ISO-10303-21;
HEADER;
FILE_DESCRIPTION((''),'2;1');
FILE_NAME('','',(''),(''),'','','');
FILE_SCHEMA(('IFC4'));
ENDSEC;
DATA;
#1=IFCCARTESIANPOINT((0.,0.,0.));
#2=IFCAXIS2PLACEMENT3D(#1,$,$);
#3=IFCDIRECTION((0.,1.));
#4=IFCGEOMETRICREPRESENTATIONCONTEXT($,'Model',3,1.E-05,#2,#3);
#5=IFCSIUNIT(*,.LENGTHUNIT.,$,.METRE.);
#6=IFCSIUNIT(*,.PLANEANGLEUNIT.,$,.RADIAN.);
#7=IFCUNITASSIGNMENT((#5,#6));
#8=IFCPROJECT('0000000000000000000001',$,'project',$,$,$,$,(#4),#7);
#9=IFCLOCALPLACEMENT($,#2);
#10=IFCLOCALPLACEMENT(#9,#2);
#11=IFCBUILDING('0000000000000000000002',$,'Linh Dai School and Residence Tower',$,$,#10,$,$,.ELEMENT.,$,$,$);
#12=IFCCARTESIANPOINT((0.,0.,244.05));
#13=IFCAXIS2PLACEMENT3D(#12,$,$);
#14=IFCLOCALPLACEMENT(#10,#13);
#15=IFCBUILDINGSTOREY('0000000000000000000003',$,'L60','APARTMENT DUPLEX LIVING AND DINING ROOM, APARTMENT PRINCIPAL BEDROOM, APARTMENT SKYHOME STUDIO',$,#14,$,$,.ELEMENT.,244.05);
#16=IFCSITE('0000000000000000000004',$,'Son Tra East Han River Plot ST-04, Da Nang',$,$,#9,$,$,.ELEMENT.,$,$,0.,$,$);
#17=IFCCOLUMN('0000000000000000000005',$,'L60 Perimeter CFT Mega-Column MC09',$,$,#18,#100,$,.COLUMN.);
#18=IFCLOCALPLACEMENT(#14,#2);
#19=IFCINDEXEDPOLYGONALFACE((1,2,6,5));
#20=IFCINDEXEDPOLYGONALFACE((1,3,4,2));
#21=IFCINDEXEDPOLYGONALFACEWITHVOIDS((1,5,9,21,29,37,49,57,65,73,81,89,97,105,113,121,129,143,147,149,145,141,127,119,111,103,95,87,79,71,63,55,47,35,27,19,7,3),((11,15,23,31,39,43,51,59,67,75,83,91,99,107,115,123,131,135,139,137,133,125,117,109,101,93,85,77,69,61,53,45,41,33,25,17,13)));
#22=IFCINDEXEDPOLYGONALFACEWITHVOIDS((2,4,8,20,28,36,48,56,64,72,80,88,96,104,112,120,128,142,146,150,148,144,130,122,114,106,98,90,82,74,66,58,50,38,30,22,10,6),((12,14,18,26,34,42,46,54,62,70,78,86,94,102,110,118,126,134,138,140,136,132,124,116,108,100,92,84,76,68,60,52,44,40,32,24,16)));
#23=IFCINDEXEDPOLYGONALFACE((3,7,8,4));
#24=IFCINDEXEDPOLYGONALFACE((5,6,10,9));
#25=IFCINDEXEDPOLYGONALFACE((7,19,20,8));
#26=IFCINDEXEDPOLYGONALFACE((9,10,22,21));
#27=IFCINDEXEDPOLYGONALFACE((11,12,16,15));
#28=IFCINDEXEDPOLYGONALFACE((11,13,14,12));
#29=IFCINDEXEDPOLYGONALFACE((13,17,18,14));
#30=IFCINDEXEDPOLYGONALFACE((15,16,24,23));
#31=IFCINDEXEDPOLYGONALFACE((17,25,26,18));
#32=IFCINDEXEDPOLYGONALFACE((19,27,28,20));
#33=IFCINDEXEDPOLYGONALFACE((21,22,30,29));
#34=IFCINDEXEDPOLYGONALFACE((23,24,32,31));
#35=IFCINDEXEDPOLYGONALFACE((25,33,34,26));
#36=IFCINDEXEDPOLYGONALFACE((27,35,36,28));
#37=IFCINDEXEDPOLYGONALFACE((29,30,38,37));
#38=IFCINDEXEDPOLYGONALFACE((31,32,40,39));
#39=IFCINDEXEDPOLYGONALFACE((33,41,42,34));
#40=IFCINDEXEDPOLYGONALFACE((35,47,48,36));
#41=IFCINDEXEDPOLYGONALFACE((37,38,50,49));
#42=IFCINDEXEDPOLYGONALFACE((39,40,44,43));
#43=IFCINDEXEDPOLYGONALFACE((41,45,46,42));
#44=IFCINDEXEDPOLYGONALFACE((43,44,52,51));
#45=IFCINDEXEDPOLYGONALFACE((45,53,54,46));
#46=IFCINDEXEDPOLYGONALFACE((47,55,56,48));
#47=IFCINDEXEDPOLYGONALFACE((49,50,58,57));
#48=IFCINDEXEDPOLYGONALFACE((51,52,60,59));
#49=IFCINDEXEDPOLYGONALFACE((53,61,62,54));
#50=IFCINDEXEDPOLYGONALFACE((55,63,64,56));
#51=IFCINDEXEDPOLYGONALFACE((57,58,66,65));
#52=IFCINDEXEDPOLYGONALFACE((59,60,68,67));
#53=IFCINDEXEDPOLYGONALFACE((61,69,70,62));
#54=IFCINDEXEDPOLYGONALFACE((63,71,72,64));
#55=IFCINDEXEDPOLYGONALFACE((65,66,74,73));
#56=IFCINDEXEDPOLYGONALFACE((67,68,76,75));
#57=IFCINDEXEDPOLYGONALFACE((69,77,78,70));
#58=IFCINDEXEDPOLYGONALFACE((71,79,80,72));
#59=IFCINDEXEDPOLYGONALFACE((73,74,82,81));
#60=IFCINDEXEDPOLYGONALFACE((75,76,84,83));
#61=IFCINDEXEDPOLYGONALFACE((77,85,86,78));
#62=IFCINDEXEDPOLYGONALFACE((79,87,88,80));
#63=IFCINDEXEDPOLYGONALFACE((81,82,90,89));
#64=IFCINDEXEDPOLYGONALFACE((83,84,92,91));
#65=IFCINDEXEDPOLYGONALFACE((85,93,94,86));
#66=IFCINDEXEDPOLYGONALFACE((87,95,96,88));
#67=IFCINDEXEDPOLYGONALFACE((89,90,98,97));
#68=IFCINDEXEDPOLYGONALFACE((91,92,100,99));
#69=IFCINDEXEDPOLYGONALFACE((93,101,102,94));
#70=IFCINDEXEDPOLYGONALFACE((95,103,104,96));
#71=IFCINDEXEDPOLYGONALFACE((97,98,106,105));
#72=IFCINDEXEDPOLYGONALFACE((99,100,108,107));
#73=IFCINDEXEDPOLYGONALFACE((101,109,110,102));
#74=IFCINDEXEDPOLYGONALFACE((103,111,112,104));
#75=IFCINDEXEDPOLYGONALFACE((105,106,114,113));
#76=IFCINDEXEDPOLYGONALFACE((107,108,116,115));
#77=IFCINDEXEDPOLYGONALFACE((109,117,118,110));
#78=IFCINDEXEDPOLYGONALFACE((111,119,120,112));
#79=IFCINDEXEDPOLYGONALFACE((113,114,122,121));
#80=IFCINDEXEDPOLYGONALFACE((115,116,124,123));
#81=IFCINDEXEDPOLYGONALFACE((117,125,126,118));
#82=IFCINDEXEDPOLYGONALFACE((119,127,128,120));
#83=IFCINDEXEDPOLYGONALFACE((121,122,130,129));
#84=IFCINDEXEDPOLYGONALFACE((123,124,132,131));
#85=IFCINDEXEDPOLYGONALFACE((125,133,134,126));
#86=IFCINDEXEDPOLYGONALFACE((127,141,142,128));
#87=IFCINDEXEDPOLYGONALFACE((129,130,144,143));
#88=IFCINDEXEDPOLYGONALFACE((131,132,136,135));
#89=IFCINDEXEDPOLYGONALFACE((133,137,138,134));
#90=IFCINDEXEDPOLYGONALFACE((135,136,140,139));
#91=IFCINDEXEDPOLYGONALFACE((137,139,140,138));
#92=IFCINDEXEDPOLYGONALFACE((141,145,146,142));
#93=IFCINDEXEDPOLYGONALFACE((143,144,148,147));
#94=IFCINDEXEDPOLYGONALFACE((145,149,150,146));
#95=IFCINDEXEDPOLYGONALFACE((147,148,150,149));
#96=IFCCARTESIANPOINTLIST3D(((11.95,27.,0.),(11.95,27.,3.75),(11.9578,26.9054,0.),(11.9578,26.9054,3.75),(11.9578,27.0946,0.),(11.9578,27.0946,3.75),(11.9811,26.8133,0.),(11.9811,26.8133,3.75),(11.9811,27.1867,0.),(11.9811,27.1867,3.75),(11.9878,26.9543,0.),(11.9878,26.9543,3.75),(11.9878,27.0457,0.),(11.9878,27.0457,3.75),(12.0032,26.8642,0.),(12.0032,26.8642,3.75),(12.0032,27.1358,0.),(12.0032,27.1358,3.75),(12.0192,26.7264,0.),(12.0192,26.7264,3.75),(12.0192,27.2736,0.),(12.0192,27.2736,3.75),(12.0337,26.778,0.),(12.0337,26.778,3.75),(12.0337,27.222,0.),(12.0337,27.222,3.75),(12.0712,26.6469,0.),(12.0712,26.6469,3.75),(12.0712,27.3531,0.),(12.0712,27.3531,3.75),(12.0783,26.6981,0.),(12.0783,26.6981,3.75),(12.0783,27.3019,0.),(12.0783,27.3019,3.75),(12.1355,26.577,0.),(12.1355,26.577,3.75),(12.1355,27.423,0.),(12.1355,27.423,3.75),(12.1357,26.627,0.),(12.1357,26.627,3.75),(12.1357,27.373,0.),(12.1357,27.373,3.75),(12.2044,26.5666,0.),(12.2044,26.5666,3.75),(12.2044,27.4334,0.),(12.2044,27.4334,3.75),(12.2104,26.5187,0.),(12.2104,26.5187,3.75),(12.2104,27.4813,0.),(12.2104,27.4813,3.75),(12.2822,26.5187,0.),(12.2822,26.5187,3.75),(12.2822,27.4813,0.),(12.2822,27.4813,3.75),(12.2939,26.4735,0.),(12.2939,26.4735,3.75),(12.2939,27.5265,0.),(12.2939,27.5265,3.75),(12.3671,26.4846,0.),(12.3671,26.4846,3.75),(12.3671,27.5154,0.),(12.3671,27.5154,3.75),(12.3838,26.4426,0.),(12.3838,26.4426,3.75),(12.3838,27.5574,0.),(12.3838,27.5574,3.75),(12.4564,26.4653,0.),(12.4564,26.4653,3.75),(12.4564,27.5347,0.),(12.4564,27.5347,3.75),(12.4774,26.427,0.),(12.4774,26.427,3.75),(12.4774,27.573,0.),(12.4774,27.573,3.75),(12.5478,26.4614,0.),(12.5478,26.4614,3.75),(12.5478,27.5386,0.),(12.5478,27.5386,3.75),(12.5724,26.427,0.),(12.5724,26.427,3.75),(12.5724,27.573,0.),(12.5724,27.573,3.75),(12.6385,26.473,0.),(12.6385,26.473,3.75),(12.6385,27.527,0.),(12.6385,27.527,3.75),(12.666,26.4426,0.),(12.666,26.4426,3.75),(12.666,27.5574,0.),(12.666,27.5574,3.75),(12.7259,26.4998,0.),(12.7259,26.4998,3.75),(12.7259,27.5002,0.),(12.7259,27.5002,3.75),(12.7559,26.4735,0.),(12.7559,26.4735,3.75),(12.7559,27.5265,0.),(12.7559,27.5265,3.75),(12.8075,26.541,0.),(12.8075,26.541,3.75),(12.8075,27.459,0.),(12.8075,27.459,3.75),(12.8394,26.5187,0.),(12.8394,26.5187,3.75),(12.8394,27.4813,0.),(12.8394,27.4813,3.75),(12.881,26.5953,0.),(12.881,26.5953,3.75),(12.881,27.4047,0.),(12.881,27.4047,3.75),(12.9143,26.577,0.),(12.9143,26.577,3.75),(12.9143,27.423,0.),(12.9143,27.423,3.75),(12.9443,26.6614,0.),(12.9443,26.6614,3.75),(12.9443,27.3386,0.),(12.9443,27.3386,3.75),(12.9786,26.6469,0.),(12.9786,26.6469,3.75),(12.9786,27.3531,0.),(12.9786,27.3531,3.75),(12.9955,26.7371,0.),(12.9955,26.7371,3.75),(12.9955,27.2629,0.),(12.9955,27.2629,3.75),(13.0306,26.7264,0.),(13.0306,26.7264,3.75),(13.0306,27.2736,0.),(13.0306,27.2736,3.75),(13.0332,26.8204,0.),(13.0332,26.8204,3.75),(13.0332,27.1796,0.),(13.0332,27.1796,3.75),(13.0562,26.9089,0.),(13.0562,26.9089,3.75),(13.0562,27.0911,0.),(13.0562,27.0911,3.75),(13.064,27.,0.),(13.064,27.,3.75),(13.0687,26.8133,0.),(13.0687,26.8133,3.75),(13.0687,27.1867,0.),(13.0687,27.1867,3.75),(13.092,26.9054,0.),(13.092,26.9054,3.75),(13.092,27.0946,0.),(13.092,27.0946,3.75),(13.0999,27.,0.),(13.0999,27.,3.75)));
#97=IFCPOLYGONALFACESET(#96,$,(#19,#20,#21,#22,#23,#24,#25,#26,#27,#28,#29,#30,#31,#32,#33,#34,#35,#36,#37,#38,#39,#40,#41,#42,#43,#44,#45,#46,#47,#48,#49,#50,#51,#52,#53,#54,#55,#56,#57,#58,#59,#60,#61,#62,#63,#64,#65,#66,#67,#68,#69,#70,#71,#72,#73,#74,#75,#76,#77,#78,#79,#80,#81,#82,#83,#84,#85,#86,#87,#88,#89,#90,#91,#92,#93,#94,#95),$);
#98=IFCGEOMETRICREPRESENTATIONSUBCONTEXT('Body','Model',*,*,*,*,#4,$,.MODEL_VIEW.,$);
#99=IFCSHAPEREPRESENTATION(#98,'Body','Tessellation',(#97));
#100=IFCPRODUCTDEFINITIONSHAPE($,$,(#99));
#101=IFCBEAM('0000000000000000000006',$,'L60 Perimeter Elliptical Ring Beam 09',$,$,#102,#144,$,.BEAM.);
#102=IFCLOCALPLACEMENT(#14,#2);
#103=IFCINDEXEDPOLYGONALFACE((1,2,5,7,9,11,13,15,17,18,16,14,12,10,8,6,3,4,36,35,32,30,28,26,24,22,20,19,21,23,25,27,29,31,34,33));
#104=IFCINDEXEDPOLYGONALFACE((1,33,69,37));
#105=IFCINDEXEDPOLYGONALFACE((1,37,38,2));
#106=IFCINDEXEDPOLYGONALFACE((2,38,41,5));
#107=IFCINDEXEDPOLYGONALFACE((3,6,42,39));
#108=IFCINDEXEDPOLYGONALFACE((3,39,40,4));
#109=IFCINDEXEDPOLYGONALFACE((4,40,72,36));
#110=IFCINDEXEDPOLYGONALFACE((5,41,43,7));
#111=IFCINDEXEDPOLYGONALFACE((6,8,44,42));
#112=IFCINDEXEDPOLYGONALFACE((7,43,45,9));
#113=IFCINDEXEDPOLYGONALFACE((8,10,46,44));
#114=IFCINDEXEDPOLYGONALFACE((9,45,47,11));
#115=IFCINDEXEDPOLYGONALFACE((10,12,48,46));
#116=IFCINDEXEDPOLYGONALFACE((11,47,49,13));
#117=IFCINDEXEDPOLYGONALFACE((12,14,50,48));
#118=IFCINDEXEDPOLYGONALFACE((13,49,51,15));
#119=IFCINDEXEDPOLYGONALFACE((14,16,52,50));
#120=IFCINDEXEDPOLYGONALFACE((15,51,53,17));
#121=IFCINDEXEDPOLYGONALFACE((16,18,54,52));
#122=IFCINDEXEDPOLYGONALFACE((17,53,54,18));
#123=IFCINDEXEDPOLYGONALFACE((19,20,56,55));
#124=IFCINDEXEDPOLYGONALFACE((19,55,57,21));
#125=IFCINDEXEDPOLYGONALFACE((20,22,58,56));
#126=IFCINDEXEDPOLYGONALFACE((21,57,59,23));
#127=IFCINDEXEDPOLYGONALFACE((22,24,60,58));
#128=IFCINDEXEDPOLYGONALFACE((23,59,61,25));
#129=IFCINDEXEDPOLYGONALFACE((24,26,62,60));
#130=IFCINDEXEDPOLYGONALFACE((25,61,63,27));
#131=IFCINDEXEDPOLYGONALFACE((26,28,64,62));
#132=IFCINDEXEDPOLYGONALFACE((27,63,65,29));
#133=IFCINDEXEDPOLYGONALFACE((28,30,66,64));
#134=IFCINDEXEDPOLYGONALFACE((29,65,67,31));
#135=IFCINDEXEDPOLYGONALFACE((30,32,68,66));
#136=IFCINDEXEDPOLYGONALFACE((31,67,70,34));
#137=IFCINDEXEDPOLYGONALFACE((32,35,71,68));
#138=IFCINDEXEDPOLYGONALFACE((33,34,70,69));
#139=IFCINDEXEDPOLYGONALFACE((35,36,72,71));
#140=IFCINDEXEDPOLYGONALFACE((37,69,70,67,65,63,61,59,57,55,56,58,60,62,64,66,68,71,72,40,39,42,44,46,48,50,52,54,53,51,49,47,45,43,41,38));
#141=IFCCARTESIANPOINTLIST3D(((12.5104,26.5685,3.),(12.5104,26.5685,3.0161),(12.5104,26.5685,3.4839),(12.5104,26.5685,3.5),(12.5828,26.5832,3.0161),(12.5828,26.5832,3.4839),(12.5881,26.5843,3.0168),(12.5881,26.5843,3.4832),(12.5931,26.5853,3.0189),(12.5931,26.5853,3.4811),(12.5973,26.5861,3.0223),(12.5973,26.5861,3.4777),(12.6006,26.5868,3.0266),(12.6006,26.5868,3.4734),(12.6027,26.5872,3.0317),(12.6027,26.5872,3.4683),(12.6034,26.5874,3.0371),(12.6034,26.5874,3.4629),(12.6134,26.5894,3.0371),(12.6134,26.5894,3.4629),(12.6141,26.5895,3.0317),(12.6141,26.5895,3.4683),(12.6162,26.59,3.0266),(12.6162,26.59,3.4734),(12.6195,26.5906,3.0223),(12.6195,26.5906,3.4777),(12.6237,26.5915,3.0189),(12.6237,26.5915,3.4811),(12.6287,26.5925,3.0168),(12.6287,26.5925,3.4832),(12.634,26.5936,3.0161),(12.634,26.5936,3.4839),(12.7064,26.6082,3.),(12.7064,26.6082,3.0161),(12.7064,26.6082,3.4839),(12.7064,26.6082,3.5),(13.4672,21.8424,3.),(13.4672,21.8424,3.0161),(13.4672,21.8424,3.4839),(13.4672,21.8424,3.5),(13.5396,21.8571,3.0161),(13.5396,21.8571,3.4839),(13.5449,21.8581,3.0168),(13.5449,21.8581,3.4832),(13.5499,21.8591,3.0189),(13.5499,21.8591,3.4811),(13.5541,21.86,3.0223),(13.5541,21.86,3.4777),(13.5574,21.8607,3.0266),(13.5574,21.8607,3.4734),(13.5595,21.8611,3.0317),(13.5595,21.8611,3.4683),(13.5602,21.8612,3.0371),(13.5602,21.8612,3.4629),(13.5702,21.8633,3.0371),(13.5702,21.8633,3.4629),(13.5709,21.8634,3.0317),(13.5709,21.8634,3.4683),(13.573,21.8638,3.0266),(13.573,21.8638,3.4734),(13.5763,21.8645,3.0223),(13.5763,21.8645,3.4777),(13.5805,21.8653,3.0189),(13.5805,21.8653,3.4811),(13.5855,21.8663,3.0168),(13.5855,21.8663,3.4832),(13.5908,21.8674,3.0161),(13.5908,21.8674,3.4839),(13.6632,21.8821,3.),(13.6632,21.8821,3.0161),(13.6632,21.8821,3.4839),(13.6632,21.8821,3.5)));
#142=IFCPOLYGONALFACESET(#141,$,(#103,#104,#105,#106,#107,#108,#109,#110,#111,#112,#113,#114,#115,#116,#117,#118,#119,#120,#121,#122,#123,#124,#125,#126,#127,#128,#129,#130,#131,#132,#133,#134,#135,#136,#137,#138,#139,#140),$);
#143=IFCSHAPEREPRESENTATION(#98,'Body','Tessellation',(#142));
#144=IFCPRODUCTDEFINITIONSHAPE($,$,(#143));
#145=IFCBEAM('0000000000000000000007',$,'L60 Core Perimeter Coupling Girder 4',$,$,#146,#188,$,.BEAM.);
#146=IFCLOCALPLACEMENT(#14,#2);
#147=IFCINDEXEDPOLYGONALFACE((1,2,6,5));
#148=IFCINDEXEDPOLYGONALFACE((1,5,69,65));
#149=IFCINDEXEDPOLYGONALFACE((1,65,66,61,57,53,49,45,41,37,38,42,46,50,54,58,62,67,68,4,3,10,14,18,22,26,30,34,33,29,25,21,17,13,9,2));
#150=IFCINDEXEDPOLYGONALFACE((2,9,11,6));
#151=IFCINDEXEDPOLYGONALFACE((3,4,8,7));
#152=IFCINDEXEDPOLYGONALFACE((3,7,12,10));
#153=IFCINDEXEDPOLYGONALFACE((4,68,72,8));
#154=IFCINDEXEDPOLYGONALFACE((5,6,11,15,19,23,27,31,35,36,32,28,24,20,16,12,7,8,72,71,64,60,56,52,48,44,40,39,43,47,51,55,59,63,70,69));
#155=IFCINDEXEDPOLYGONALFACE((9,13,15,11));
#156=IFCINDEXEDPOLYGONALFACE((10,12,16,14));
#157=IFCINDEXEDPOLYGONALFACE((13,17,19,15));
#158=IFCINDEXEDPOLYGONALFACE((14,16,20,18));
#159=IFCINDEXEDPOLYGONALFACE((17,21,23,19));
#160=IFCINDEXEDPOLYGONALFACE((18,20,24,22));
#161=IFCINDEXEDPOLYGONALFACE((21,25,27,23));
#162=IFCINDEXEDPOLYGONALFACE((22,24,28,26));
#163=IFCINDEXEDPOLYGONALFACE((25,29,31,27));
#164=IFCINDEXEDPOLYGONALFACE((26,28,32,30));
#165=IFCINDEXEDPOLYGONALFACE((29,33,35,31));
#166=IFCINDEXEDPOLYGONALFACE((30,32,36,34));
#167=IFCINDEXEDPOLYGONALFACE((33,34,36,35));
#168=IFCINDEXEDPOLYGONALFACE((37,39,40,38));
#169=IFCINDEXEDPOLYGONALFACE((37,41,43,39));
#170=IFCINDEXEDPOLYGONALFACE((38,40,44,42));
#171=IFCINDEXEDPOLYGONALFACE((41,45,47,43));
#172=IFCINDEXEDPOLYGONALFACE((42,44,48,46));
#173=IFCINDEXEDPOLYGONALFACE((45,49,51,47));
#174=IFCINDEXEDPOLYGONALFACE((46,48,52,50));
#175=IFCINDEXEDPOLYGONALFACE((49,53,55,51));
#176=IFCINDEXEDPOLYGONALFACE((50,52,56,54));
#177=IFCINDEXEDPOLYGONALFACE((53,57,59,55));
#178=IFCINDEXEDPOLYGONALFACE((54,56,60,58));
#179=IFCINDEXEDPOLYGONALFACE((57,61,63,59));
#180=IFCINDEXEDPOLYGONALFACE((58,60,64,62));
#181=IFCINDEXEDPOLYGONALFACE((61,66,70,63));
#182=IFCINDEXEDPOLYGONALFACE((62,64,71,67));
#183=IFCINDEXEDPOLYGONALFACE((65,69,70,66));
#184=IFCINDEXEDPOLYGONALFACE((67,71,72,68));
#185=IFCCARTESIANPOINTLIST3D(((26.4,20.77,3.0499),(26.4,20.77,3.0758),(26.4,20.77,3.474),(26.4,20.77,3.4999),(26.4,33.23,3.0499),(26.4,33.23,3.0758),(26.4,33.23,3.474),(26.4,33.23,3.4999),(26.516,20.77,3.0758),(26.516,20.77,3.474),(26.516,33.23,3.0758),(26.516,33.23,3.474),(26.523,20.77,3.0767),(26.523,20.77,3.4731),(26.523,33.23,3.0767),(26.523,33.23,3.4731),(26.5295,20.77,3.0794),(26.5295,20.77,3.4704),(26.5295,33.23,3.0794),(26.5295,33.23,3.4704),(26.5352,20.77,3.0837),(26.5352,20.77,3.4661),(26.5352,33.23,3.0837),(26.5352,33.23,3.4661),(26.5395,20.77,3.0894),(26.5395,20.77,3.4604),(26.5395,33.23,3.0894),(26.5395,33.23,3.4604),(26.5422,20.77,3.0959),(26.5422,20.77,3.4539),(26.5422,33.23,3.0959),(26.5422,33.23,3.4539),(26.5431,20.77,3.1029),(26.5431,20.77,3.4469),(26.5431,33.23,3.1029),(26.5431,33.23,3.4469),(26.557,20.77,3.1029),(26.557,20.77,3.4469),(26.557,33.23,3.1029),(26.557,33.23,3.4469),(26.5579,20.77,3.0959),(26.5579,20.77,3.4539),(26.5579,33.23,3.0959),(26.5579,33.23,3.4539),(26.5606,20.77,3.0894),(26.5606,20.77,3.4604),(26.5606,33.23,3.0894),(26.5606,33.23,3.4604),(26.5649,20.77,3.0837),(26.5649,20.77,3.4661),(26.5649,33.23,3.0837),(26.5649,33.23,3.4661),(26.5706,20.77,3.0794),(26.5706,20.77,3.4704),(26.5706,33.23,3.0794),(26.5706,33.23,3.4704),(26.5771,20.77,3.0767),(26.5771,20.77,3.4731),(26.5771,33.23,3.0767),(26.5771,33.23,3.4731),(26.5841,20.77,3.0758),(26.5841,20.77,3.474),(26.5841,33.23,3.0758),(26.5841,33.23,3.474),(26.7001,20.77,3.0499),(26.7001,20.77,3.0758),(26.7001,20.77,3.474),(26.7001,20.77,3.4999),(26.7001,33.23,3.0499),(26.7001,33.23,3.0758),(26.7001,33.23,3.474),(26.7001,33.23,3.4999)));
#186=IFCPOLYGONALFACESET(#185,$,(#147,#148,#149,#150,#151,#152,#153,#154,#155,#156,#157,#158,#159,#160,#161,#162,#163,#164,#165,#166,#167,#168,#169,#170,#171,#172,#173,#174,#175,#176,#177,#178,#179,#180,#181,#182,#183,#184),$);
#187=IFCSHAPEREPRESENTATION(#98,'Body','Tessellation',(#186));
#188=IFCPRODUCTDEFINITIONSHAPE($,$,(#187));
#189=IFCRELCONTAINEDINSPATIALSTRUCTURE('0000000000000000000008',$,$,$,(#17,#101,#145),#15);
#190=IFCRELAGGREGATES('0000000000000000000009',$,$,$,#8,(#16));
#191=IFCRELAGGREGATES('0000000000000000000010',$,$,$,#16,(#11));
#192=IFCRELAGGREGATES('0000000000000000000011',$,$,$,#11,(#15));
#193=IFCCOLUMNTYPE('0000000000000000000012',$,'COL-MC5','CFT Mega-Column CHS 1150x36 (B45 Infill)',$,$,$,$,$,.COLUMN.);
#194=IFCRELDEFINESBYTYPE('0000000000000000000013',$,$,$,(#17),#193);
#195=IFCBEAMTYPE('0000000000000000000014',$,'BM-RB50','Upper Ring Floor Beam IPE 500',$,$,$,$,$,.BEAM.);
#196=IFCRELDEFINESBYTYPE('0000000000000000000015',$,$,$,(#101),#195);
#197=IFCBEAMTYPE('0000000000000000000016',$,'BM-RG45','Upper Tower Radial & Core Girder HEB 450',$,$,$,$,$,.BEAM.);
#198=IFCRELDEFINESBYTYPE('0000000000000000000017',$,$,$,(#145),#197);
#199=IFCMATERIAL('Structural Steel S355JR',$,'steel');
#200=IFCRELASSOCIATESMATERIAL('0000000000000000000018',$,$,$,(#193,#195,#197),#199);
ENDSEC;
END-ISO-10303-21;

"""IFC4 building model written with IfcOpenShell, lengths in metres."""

from ifc_helpers import new_model, si_unit, direction, frame, origin, origin_2d, place, context, subcontext, project, spatial, hollow_circle, i_section, extrude, material, material_profile, profile_set, type_object, element, save


model = new_model("IFC4")

# Units and contexts
model_context = context("Model", 3, precision=1e-05, world=origin(), true_north=direction((0.0, 1.0)))
body_context = subcontext(model_context, "Body", "Model", "MODEL_VIEW")
ifc_project = project(units=[si_unit("LENGTHUNIT", "METRE"), si_unit("PLANEANGLEUNIT", "RADIAN")], contexts=[model_context])

# Site, building, storey
site_placement = place(None, origin())
site = spatial("IfcSite", under=ifc_project, at=site_placement, Name="Son Tra East Han River Plot ST-04, Da Nang", CompositionType="ELEMENT", RefElevation=0.0)
building_placement = place(site_placement, origin())
building = spatial("IfcBuilding", under=site, at=building_placement, Name="Linh Dai School and Residence Tower", CompositionType="ELEMENT")
storey_placement = place(building_placement, frame((0.0, 0.0, 244.05)))
storey = spatial("IfcBuildingStorey", under=building, at=storey_placement, Name="L60", Description="APARTMENT DUPLEX LIVING AND DINING ROOM, APARTMENT PRINCIPAL BEDROOM, APARTMENT SKYHOME STUDIO", CompositionType="ELEMENT", Elevation=244.05)

# Column
ifc_material_1 = material(Name="Structural Steel S355JR", Category="steel")
ifc_material_profile_1 = material_profile(ifc_material_1, hollow_circle(Radius=0.575, WallThickness=0.0359, at=origin_2d()), Name="CHS 1150x36")
ifc_profile_set_1 = profile_set([ifc_material_profile_1], Name="Structural Steel S355JR")
column_type = type_object("IfcColumnType", Name="COL-MC5", Description="CFT Mega-Column CHS 1150x36 (B45 Infill)", PredefinedType="COLUMN", material=ifc_profile_set_1)
column_placement = place(storey_placement, frame((12.5249, 27.0, 0.0), z_axis=(0.0, 0.0, 1.0), x_axis=(1.0, 0.0, 0.0)))
element("IfcColumn", 1, at=column_placement, inside=storey, type_object=column_type, Name="L60 Perimeter CFT Mega-Column MC09", PredefinedType="COLUMN", context=body_context, shape_type="SweptSolid", body=[
    extrude(hollow_circle(Radius=0.575, WallThickness=0.0359, at=origin_2d()), origin(), (0.0, 0.0, 1.0), 3.75),
])

# Beams
ifc_material_profile_2 = material_profile(ifc_material_1, i_section(OverallWidth=0.2, OverallDepth=0.5, WebThickness=0.0103, FlangeThickness=0.0161, FilletRadius=0.021, at=origin_2d()), Name="IPE 500")
ifc_profile_set_2 = profile_set([ifc_material_profile_2], Name="Structural Steel S355JR")
beam_type_1 = type_object("IfcBeamType", Name="BM-RB50", Description="Upper Ring Floor Beam IPE 500", PredefinedType="BEAM", material=ifc_profile_set_2)
beam_1_placement = place(storey_placement, frame((12.6084, 26.5884, 3.25), z_axis=(0.198423, -0.980116, 0.0), x_axis=(0.980116, 0.198423, 0.0)))
element("IfcBeam", 2, at=beam_1_placement, inside=storey, type_object=beam_type_1, Name="L60 Perimeter Elliptical Ring Beam 09", PredefinedType="BEAM", context=body_context, shape_type="SweptSolid", body=[
    extrude(i_section(OverallWidth=0.2, OverallDepth=0.5, WebThickness=0.0103, FlangeThickness=0.0161, FilletRadius=0.021, at=origin_2d()), origin(), (0.0, 0.0, 1.0), 4.822),
])
ifc_material_profile_3 = material_profile(ifc_material_1, i_section(OverallWidth=0.3, OverallDepth=0.45, WebThickness=0.0139, FlangeThickness=0.0259, FilletRadius=0.0271, at=origin_2d()), Name="HEB 450")
ifc_profile_set_3 = profile_set([ifc_material_profile_3], Name="Structural Steel S355JR")
beam_type_2 = type_object("IfcBeamType", Name="BM-RG45", Description="Upper Tower Radial & Core Girder HEB 450", PredefinedType="BEAM", material=ifc_profile_set_3)
beam_2_placement = place(storey_placement, frame((26.55, 33.23, 3.2749), z_axis=(0.0, -1.0, 0.0), x_axis=(1.0, 0.0, 0.0)))
element("IfcBeam", 3, at=beam_2_placement, inside=storey, type_object=beam_type_2, Name="L60 Core Perimeter Coupling Girder 4", PredefinedType="BEAM", context=body_context, shape_type="SweptSolid", body=[
    extrude(i_section(OverallWidth=0.3, OverallDepth=0.45, WebThickness=0.0139, FlangeThickness=0.0259, FilletRadius=0.0271, at=origin_2d()), origin(), (0.0, 0.0, 1.0), 12.46),
])

save(model, "model.ifc")
